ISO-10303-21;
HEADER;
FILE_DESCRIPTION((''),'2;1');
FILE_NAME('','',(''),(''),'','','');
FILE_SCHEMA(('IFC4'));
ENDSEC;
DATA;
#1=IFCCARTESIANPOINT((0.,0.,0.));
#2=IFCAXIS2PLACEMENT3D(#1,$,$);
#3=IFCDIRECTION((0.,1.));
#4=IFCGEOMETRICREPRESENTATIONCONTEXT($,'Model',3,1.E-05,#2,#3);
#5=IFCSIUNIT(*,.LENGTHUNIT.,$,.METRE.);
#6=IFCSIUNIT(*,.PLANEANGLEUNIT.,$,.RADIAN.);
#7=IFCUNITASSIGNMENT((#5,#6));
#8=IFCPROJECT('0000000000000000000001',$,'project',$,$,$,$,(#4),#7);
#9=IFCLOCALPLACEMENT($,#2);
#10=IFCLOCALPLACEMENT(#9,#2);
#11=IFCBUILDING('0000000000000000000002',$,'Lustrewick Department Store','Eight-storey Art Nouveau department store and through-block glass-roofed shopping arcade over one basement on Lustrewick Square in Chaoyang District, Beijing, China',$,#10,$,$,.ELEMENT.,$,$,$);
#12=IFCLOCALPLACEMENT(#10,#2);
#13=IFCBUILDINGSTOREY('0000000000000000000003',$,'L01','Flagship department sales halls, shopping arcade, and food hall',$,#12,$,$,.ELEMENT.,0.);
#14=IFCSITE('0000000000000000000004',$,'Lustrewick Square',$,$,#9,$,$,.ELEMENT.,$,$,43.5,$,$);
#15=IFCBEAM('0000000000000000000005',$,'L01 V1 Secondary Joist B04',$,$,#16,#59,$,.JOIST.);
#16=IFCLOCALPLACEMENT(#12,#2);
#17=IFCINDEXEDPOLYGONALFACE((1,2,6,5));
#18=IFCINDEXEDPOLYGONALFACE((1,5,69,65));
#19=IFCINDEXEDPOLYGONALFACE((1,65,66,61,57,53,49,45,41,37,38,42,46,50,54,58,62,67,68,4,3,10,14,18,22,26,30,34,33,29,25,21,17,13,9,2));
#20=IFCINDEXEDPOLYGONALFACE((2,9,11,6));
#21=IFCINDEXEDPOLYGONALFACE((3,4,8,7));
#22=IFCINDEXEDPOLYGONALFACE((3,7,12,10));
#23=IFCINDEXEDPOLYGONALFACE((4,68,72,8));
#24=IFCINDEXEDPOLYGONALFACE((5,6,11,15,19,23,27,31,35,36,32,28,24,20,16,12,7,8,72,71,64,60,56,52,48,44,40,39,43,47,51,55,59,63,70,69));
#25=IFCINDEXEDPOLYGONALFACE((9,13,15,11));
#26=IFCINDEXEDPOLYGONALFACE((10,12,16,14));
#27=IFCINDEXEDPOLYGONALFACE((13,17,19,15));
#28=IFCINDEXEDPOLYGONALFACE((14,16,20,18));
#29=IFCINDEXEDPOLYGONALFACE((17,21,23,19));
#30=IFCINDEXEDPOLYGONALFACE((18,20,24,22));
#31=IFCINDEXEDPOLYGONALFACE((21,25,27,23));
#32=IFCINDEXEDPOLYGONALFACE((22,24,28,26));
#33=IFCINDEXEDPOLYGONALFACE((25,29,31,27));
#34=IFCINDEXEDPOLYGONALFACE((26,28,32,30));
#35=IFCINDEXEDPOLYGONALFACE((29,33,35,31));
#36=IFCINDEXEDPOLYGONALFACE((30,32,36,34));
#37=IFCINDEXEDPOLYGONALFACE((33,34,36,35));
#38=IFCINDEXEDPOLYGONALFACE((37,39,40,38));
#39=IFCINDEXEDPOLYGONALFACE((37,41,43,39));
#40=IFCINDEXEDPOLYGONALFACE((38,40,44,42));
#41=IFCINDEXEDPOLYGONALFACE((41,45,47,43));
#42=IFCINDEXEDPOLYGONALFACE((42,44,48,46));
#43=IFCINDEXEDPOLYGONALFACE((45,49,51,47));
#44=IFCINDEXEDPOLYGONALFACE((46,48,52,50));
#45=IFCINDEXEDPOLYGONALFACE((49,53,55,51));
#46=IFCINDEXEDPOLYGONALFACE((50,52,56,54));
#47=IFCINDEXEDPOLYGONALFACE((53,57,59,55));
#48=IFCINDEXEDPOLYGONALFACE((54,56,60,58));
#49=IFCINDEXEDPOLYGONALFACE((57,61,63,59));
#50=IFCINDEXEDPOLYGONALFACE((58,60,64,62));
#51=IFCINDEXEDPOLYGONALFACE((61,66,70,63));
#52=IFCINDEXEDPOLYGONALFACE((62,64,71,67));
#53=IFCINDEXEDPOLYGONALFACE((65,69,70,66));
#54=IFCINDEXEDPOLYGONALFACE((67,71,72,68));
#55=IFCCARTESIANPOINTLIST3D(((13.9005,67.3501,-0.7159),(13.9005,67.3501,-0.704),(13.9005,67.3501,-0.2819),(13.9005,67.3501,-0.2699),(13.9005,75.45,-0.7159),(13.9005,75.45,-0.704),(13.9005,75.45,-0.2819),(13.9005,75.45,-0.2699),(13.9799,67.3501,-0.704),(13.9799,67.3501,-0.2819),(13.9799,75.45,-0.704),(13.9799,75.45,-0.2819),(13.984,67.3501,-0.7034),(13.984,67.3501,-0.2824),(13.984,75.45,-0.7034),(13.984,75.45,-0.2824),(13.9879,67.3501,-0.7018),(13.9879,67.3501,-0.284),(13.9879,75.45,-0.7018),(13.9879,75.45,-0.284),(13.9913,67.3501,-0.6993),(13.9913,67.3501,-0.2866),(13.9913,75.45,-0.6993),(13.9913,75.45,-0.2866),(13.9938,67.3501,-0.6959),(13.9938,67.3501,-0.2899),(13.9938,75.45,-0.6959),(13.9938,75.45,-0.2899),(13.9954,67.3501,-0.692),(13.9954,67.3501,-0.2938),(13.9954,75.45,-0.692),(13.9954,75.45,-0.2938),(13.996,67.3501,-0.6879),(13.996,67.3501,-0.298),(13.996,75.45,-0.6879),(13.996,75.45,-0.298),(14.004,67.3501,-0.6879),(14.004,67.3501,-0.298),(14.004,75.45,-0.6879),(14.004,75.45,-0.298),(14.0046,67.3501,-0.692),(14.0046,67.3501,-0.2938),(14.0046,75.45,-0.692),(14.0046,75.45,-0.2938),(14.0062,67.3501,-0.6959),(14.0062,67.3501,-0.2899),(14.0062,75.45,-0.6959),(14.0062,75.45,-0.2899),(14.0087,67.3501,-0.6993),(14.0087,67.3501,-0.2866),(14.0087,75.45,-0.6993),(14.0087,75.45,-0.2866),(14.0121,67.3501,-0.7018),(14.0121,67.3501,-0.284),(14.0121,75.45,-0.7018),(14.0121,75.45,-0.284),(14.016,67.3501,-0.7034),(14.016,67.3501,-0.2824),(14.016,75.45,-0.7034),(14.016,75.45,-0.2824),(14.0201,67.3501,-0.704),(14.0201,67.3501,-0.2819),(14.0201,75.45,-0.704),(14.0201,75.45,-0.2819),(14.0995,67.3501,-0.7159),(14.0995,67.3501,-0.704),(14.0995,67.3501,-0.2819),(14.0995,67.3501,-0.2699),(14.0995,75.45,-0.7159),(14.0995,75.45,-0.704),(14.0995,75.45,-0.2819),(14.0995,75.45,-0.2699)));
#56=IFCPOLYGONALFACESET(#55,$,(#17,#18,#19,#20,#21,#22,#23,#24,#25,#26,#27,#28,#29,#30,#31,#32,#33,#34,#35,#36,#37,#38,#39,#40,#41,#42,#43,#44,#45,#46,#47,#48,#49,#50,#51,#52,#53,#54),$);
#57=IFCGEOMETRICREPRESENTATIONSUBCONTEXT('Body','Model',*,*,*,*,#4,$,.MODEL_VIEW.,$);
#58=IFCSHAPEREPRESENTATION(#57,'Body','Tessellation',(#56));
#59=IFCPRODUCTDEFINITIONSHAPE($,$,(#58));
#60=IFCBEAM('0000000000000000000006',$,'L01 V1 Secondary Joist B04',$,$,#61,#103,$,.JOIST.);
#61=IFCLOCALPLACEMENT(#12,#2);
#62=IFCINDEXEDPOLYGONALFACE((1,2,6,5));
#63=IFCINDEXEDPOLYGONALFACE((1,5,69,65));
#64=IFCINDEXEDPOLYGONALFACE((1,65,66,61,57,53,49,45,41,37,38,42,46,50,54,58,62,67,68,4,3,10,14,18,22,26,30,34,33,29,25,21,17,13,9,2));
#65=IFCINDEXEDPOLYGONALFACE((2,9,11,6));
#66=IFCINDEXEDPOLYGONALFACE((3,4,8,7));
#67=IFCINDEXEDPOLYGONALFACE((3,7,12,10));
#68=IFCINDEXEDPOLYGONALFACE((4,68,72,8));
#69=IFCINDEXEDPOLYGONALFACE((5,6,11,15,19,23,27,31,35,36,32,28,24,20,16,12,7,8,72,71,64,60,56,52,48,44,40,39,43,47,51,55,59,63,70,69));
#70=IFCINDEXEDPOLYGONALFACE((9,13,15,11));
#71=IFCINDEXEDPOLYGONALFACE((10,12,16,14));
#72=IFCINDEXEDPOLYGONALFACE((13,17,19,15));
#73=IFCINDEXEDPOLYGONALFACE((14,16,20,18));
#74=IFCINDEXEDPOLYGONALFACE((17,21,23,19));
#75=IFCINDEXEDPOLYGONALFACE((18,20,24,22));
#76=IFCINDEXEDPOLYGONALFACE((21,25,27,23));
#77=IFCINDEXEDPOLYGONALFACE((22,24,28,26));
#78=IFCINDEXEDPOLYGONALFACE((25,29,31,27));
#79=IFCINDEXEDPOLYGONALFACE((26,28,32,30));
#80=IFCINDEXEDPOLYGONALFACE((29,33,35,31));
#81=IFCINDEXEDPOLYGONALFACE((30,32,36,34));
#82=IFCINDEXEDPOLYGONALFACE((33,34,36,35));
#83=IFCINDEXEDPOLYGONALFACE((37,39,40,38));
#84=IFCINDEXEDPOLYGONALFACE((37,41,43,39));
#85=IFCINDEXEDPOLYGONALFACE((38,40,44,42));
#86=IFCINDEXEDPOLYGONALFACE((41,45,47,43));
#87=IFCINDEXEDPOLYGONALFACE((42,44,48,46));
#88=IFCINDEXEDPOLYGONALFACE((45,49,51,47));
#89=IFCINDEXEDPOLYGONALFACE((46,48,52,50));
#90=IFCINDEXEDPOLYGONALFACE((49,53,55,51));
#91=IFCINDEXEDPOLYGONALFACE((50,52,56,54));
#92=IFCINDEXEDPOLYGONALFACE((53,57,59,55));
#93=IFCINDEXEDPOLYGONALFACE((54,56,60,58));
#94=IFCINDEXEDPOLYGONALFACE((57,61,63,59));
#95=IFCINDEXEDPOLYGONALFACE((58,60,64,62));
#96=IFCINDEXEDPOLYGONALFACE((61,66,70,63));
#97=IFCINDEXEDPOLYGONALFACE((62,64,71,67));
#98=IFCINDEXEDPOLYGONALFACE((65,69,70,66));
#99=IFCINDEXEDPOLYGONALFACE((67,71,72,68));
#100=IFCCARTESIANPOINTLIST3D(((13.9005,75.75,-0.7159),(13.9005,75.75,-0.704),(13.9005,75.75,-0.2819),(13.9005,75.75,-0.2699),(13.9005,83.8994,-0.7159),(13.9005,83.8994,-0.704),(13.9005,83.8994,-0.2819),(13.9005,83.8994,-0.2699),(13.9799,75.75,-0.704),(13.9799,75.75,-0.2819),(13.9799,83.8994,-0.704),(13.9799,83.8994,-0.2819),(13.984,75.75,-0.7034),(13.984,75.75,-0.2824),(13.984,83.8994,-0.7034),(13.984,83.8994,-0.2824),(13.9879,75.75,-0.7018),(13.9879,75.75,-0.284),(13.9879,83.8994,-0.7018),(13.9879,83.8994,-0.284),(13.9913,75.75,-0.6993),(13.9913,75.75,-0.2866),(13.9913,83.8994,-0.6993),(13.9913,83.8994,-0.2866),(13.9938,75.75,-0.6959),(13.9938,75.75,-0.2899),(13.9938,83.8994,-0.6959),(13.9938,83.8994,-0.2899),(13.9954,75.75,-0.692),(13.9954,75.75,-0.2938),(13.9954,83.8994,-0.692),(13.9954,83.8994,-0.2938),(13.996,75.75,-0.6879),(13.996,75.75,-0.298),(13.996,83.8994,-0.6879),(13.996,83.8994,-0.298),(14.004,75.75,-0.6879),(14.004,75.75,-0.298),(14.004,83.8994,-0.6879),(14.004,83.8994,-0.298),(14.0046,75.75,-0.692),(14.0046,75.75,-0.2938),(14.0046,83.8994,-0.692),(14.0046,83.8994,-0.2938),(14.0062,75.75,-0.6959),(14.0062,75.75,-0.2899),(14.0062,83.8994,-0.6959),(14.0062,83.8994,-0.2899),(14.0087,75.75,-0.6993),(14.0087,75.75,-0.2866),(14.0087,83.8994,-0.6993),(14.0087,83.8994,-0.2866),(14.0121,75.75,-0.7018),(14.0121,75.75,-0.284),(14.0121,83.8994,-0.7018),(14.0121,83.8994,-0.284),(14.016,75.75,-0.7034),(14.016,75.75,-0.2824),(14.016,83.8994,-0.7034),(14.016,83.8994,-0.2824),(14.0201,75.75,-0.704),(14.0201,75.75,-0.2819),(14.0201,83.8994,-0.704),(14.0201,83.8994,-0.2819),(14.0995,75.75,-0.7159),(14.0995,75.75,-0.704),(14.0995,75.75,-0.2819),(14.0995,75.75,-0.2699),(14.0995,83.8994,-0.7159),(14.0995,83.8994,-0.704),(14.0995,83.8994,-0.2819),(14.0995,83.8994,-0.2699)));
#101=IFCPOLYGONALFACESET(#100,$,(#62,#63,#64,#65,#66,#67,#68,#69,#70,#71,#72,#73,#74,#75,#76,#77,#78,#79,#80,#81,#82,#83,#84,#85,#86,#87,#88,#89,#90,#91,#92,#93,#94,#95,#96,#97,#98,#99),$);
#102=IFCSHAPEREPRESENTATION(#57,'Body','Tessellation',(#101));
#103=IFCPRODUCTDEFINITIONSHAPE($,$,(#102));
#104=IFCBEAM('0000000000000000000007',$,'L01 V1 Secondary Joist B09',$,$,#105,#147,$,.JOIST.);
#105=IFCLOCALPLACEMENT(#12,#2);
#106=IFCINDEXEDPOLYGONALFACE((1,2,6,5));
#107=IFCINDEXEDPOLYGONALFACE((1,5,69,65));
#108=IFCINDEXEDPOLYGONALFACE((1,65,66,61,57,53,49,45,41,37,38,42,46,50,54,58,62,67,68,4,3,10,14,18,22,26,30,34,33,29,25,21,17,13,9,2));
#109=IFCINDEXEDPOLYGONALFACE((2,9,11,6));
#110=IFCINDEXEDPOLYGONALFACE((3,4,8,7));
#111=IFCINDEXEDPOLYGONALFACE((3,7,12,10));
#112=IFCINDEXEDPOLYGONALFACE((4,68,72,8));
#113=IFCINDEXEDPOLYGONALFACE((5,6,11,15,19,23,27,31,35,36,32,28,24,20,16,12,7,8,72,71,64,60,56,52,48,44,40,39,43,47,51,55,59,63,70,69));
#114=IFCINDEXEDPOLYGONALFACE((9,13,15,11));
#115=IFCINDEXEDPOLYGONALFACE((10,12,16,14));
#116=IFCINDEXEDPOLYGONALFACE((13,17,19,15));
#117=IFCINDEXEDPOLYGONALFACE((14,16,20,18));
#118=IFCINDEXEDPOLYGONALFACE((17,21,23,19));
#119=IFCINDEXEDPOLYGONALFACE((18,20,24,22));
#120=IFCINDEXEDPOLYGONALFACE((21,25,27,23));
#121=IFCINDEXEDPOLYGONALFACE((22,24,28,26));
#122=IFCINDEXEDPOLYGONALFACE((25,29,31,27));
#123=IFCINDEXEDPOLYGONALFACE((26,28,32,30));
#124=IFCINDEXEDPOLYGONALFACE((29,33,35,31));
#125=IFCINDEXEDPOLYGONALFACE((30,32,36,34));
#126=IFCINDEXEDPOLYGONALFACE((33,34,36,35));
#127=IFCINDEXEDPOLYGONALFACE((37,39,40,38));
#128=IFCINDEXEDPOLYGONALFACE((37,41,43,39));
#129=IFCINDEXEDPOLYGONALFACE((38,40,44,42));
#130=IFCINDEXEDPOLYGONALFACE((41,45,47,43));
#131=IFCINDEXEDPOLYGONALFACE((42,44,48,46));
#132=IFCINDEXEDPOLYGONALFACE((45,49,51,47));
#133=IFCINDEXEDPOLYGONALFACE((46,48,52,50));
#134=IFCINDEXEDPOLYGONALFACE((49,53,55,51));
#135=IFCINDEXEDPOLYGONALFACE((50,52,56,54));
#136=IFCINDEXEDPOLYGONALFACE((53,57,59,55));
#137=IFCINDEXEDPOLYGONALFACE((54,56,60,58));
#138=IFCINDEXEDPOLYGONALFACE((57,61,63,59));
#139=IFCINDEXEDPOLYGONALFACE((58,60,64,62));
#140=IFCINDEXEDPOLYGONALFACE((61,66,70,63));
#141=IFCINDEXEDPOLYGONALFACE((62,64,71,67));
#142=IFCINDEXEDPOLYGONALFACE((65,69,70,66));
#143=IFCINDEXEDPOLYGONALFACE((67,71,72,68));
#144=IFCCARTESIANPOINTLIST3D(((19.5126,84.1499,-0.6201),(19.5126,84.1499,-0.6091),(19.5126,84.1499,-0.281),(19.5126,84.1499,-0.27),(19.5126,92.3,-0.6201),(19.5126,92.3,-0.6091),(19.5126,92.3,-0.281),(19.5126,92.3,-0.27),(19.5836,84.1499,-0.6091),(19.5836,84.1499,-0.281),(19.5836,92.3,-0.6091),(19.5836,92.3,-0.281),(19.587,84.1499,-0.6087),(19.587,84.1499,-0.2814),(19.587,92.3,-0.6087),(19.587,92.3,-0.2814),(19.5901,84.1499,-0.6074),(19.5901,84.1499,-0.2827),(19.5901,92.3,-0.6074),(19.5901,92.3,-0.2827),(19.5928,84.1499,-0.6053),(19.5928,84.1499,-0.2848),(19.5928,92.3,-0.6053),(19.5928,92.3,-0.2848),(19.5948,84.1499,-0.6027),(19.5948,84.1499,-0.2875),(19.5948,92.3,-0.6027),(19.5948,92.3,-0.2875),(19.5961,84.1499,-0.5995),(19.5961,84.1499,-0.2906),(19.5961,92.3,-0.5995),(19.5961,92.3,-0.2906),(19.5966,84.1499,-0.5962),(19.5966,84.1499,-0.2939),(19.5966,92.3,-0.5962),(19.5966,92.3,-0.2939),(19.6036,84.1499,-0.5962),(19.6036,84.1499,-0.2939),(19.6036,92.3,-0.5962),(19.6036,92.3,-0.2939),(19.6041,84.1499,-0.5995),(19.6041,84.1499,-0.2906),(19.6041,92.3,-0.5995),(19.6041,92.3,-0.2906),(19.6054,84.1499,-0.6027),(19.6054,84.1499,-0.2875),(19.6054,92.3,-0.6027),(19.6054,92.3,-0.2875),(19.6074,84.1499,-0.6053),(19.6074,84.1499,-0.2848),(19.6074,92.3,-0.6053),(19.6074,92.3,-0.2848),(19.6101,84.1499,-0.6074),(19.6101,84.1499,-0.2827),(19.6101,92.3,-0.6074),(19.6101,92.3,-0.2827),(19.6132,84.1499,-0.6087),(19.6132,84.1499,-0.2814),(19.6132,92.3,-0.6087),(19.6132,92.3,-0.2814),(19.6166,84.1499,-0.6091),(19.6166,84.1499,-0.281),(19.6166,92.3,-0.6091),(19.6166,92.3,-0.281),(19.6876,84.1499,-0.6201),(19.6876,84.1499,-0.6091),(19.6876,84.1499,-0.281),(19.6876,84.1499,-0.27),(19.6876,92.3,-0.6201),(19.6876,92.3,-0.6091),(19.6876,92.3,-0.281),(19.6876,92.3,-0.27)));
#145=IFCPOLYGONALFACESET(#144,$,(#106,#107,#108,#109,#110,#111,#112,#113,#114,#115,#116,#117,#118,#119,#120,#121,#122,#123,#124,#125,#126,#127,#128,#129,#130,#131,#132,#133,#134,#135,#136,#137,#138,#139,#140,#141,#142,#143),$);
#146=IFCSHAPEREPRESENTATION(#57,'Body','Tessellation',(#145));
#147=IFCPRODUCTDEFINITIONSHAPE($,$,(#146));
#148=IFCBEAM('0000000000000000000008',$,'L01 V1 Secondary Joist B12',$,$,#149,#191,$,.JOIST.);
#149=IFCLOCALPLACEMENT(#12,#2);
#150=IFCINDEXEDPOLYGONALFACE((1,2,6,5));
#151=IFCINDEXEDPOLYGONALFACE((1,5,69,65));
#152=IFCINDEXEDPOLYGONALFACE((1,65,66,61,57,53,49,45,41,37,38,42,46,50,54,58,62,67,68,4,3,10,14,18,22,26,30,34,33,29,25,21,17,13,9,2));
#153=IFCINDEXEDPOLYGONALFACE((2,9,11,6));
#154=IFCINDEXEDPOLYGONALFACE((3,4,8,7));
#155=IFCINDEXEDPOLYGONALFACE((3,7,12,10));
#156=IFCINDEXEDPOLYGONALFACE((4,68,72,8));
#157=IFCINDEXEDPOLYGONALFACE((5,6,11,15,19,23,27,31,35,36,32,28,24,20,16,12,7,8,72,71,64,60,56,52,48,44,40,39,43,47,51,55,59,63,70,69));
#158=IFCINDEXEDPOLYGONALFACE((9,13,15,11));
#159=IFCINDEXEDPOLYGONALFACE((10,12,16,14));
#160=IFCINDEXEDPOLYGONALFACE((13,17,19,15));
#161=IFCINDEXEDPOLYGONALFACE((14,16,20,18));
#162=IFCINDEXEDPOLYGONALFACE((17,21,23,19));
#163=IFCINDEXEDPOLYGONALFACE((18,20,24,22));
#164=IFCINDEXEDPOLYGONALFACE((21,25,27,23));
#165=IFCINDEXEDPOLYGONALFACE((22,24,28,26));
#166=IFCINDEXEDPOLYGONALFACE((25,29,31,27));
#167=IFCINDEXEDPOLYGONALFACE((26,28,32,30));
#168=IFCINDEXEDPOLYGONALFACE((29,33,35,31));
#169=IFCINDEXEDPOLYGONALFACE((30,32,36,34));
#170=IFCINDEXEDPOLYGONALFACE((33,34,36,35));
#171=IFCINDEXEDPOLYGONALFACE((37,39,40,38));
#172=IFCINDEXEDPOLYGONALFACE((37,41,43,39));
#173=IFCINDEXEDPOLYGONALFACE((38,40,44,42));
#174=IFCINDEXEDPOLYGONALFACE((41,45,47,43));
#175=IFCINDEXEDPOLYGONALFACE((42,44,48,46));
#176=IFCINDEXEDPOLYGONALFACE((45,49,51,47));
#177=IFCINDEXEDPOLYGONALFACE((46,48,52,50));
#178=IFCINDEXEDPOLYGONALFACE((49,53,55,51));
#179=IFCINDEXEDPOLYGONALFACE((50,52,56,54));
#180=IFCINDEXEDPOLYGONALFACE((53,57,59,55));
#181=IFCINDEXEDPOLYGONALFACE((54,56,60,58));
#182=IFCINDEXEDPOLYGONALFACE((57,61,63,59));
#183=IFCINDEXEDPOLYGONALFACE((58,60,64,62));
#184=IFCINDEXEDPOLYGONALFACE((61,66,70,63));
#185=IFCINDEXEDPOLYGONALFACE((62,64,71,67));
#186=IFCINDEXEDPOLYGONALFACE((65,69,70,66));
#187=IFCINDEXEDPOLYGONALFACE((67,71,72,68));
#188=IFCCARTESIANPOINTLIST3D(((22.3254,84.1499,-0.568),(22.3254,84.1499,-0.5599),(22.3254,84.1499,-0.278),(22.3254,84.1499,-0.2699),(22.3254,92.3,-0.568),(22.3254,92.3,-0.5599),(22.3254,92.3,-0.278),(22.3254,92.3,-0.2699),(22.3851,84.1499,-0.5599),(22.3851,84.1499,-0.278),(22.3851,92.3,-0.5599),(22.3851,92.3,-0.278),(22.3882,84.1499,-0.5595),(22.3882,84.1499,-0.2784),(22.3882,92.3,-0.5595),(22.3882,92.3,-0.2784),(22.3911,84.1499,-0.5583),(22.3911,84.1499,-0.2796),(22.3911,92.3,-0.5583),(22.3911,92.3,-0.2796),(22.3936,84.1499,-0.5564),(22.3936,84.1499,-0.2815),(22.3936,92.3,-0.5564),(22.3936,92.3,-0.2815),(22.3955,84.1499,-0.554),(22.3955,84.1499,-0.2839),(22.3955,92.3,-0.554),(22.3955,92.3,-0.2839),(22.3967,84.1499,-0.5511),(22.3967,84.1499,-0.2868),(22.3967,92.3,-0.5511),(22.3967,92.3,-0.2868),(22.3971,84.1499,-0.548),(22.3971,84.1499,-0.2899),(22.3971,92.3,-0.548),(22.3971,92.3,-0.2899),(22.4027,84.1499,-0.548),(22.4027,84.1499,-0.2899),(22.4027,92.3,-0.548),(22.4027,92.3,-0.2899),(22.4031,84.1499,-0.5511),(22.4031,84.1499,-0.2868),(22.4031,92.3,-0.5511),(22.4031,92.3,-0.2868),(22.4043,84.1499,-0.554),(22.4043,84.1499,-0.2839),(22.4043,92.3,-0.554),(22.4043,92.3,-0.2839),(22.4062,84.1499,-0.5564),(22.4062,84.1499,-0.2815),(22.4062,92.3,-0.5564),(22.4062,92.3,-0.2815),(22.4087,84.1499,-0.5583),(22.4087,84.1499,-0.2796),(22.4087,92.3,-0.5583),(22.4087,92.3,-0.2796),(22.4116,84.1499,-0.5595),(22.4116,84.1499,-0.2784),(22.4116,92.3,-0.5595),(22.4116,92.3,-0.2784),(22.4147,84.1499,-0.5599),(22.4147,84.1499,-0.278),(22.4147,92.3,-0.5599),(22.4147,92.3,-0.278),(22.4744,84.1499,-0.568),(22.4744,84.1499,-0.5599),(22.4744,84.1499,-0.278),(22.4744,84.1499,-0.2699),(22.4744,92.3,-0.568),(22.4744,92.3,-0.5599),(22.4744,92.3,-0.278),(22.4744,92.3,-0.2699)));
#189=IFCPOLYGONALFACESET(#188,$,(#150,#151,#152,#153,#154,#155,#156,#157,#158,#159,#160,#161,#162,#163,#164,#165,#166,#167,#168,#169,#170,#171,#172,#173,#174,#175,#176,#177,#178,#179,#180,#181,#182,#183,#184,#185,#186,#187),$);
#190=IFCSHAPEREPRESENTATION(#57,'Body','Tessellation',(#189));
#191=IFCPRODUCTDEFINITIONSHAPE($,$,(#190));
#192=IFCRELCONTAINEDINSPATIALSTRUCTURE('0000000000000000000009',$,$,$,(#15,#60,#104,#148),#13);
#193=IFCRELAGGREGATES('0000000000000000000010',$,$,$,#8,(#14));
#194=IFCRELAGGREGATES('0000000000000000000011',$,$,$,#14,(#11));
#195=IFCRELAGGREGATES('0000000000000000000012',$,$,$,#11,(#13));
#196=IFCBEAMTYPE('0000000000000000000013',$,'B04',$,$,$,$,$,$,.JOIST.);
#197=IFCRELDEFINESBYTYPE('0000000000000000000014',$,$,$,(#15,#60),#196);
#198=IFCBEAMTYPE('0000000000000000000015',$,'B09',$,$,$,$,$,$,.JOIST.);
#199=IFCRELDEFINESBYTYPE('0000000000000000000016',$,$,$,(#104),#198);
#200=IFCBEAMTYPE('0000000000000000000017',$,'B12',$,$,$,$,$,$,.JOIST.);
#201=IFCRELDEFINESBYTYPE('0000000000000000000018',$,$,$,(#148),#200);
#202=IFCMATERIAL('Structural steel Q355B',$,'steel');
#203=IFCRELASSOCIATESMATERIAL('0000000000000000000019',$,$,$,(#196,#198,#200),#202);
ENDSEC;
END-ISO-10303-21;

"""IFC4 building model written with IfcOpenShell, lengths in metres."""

from ifc_helpers import new_model, si_unit, direction, frame, origin, origin_2d, place, context, subcontext, project, spatial, i_section, extrude, material, material_profile, profile_set, type_object, element, save


model = new_model("IFC4")

# Units and contexts
model_context = context("Model", 3, precision=1e-05, world=origin(), true_north=direction((0.0, 1.0)))
body_context = subcontext(model_context, "Body", "Model", "MODEL_VIEW")
ifc_project = project(units=[si_unit("LENGTHUNIT", "METRE"), si_unit("PLANEANGLEUNIT", "RADIAN")], contexts=[model_context])

# Site, building, storey
site_placement = place(None, origin())
site = spatial("IfcSite", under=ifc_project, at=site_placement, Name="Lustrewick Square", CompositionType="ELEMENT", RefElevation=43.5)
building_placement = place(site_placement, origin())
building = spatial("IfcBuilding", under=site, at=building_placement, Name="Lustrewick Department Store", Description="Eight-storey Art Nouveau department store and through-block glass-roofed shopping arcade over one basement on Lustrewick Square in Chaoyang District, Beijing, China", CompositionType="ELEMENT")
storey_placement = place(building_placement, origin())
storey = spatial("IfcBuildingStorey", under=building, at=storey_placement, Name="L01", Description="Flagship department sales halls, shopping arcade, and food hall", CompositionType="ELEMENT", Elevation=0.0)

# Shared definitions
ifc_material_1 = material(Name="Structural steel Q355B", Category="steel")

# Beams
ifc_material_profile_1 = material_profile(ifc_material_1, i_section(OverallWidth=0.199, OverallDepth=0.446, WebThickness=0.0081, FlangeThickness=0.012, FilletRadius=0.0161, at=origin_2d()), Name="HN 446x199x8x12")
ifc_profile_set_1 = profile_set([ifc_material_profile_1], Name="Structural steel Q355B")
beam_type_1 = type_object("IfcBeamType", Name="B04", PredefinedType="JOIST", material=ifc_profile_set_1)
beam_1_placement = place(storey_placement, frame((14.0, 67.3501, -0.4929), z_axis=(0.0, 1.0, 0.0), x_axis=(-1.0, 0.0, 0.0)))
element("IfcBeam", 1, at=beam_1_placement, inside=storey, type_object=beam_type_1, Name="L01 V1 Secondary Joist B04", PredefinedType="JOIST", context=body_context, shape_type="SweptSolid", body=[
    extrude(i_section(OverallWidth=0.199, OverallDepth=0.446, WebThickness=0.0081, FlangeThickness=0.012, FilletRadius=0.0161, at=origin_2d()), origin(), (0.0, 0.0, 1.0), 8.0999),
])
beam_2_placement = place(storey_placement, frame((14.0, 75.75, -0.4929), z_axis=(0.0, 1.0, 0.0), x_axis=(-1.0, 0.0, 0.0)))
element("IfcBeam", 2, at=beam_2_placement, inside=storey, type_object=beam_type_1, Name="L01 V1 Secondary Joist B04", PredefinedType="JOIST", context=body_context, shape_type="SweptSolid", body=[
    extrude(i_section(OverallWidth=0.199, OverallDepth=0.446, WebThickness=0.0081, FlangeThickness=0.012, FilletRadius=0.0161, at=origin_2d()), origin(), (0.0, 0.0, 1.0), 8.1494),
])
ifc_material_profile_2 = material_profile(ifc_material_1, i_section(OverallWidth=0.175, OverallDepth=0.3501, WebThickness=0.0071, FlangeThickness=0.011, FilletRadius=0.0129, at=origin_2d()), Name="HN 350x175x7x11")
ifc_profile_set_2 = profile_set([ifc_material_profile_2], Name="Structural steel Q355B")
beam_type_2 = type_object("IfcBeamType", Name="B09", PredefinedType="JOIST", material=ifc_profile_set_2)
beam_3_placement = place(storey_placement, frame((19.6001, 84.1499, -0.4451), z_axis=(0.0, 1.0, 0.0), x_axis=(-1.0, 0.0, 0.0)))
element("IfcBeam", 3, at=beam_3_placement, inside=storey, type_object=beam_type_2, Name="L01 V1 Secondary Joist B09", PredefinedType="JOIST", context=body_context, shape_type="SweptSolid", body=[
    extrude(i_section(OverallWidth=0.175, OverallDepth=0.3501, WebThickness=0.0071, FlangeThickness=0.011, FilletRadius=0.0129, at=origin_2d()), origin(), (0.0, 0.0, 1.0), 8.1501),
])
ifc_material_profile_3 = material_profile(ifc_material_1, i_section(OverallWidth=0.1489, OverallDepth=0.2981, WebThickness=0.0056, FlangeThickness=0.0081, FilletRadius=0.012, at=origin_2d()), Name="HN 298x149x5.5x8")
ifc_profile_set_3 = profile_set([ifc_material_profile_3], Name="Structural steel Q355B")
beam_type_3 = type_object("IfcBeamType", Name="B12", PredefinedType="JOIST", material=ifc_profile_set_3)
beam_4_placement = place(storey_placement, frame((22.3999, 84.1499, -0.4189), z_axis=(0.0, 1.0, 0.0), x_axis=(-1.0, 0.0, 0.0)))
element("IfcBeam", 4, at=beam_4_placement, inside=storey, type_object=beam_type_3, Name="L01 V1 Secondary Joist B12", PredefinedType="JOIST", context=body_context, shape_type="SweptSolid", body=[
    extrude(i_section(OverallWidth=0.1489, OverallDepth=0.2981, WebThickness=0.0056, FlangeThickness=0.0081, FilletRadius=0.012, at=origin_2d()), origin(), (0.0, 0.0, 1.0), 8.1501),
])

save(model, "model.ifc")
